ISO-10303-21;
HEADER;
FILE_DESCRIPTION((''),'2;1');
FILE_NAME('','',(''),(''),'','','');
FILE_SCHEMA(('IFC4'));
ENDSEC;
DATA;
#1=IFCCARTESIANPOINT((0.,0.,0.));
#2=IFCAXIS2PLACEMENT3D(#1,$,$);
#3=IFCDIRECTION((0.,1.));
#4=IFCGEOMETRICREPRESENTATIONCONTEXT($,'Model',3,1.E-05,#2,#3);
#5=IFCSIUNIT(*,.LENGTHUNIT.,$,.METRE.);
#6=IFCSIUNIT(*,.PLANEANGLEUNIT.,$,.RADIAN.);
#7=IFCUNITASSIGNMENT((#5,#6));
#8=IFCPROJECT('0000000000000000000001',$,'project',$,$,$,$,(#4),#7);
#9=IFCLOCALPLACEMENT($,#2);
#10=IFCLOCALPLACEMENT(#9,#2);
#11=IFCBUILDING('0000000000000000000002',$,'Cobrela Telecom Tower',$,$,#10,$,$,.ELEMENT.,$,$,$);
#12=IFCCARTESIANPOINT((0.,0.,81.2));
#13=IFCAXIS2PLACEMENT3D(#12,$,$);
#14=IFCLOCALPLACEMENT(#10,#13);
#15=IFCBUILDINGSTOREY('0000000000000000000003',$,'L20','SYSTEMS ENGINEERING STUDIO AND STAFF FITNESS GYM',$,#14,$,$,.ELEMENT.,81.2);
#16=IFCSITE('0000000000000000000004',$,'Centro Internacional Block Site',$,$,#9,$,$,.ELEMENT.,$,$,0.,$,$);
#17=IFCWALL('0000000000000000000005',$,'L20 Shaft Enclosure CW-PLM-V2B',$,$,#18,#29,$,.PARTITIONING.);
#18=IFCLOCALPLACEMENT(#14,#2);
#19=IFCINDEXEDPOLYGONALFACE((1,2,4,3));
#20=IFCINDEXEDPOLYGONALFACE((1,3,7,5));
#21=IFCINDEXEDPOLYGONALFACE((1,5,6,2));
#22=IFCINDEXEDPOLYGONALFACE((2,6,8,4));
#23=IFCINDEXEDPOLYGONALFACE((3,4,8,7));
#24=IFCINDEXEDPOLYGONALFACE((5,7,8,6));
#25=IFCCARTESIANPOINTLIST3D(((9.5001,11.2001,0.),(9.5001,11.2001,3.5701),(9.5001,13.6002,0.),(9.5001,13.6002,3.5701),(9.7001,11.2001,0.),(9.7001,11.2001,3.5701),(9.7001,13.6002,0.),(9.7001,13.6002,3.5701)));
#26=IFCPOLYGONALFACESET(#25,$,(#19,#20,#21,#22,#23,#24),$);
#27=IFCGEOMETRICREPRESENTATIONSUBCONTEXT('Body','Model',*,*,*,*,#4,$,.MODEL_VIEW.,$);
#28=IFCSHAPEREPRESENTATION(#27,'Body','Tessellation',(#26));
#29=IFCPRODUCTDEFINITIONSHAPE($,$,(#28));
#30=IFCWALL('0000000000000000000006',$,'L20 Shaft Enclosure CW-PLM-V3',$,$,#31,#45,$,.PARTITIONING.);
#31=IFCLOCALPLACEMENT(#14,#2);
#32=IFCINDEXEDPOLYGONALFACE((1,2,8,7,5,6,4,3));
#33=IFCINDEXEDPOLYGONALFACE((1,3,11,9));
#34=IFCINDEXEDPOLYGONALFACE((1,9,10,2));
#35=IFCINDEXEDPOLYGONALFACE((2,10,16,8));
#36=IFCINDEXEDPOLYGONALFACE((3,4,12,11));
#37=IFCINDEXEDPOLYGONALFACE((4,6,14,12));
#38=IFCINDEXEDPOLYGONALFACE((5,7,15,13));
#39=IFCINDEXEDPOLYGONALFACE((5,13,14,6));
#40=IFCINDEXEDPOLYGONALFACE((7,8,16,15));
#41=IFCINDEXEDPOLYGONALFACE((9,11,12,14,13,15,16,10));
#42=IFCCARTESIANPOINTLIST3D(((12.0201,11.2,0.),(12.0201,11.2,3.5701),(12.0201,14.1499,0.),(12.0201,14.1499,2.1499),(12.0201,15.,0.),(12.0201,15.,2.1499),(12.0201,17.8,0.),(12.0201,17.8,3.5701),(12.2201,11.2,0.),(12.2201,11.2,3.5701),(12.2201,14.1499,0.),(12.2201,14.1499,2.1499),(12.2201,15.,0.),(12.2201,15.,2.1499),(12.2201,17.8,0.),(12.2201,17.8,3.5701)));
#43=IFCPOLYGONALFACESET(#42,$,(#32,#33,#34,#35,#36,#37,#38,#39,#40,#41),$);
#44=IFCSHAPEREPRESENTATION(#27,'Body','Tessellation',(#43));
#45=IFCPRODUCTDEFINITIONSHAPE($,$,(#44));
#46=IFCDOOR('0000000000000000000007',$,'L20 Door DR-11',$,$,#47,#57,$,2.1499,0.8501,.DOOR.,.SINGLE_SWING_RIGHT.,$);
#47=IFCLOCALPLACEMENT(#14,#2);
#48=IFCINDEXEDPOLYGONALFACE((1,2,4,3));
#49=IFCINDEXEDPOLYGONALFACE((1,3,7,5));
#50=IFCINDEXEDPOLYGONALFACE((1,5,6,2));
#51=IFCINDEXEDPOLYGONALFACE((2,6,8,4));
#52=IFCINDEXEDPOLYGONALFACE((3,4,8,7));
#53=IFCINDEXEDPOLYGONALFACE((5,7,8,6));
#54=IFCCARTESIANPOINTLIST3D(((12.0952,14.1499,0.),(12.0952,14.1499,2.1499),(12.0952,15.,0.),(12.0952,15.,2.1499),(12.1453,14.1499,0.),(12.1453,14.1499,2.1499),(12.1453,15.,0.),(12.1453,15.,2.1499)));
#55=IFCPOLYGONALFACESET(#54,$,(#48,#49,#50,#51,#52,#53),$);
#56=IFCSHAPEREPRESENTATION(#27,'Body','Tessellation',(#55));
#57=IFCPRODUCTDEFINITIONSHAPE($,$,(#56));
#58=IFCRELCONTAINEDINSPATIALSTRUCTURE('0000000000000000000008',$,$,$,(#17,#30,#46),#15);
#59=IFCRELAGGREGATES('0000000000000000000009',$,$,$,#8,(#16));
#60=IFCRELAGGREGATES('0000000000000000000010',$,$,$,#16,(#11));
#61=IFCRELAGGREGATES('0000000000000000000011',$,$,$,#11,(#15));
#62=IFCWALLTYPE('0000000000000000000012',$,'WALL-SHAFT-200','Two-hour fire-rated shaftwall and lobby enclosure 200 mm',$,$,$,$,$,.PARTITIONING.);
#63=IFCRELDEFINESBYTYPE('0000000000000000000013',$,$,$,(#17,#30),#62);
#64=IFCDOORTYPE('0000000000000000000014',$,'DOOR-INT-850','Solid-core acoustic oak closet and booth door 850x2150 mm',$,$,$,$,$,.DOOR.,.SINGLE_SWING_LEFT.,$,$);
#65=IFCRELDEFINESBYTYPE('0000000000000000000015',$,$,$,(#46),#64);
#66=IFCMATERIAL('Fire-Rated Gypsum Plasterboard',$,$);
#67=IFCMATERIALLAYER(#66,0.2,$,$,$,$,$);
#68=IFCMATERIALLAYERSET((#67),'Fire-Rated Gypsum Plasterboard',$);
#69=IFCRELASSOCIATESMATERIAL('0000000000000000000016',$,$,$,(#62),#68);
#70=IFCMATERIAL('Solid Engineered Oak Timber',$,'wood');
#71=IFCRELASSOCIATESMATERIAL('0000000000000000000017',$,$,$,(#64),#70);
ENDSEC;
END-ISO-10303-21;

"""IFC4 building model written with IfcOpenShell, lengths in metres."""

from ifc_helpers import new_model, si_unit, direction, frame, frame_2d, origin, place, context, subcontext, project, spatial, rectangle, extrude, material, layer, layer_set, type_object, element, fill, save


model = new_model("IFC4")

# Units and contexts
model_context = context("Model", 3, precision=1e-05, world=origin(), true_north=direction((0.0, 1.0)))
body_context = subcontext(model_context, "Body", "Model", "MODEL_VIEW")
ifc_project = project(units=[si_unit("LENGTHUNIT", "METRE"), si_unit("PLANEANGLEUNIT", "RADIAN")], contexts=[model_context])

# Site, building, storey
site_placement = place(None, origin())
site = spatial("IfcSite", under=ifc_project, at=site_placement, Name="Centro Internacional Block Site", CompositionType="ELEMENT", RefElevation=0.0)
building_placement = place(site_placement, origin())
building = spatial("IfcBuilding", under=site, at=building_placement, Name="Cobrela Telecom Tower", CompositionType="ELEMENT")
storey_placement = place(building_placement, frame((0.0, 0.0, 81.2)))
storey = spatial("IfcBuildingStorey", under=building, at=storey_placement, Name="L20", Description="SYSTEMS ENGINEERING STUDIO AND STAFF FITNESS GYM", CompositionType="ELEMENT", Elevation=81.2)

# Shared definitions
ifc_material_1 = material(Name="Fire-Rated Gypsum Plasterboard")
ifc_material_2 = material(Name="Solid Engineered Oak Timber", Category="wood")

# Wall
ifc_layer_1 = layer(ifc_material_1, 0.2)
ifc_layer_set_1 = layer_set([ifc_layer_1], Name="Fire-Rated Gypsum Plasterboard")
wall_type_1 = type_object("IfcWallType", Name="WALL-SHAFT-200", Description="Two-hour fire-rated shaftwall and lobby enclosure 200 mm", PredefinedType="PARTITIONING", material=ifc_layer_set_1)
for number, where, z_axis, x_axis, name in (
    (1, (9.6001, 11.2, 0.0), (0.0, 0.0, 1.0), (0.0, 1.0, 0.0), "L20 Shaft Enclosure CW-PLM-V2B"),
):
    element("IfcWall", number, at=place(storey_placement, frame(where, z_axis=z_axis, x_axis=x_axis)), inside=storey, type_object=wall_type_1, Name=name, PredefinedType="PARTITIONING", context=body_context, shape_type="SweptSolid", body=[
        extrude(rectangle(XDim=2.4001, YDim=0.2, at=frame_2d((1.2002, 0.0))), origin(), (0.0, 0.0, 1.0), 3.5701),
    ])

# Wall, opening, door
wall_1_placement = place(storey_placement, frame((12.1201, 11.2, 0.0), z_axis=(0.0, 0.0, 1.0), x_axis=(0.0, 1.0, 0.0)))
wall_1 = element("IfcWall", 2, at=wall_1_placement, inside=storey, type_object=wall_type_1, Name="L20 Shaft Enclosure CW-PLM-V3", PredefinedType="PARTITIONING", context=body_context, shape_type="SweptSolid", body=[
    extrude(rectangle(XDim=6.6001, YDim=0.2, at=frame_2d((3.3, 0.0))), origin(), (0.0, 0.0, 1.0), 3.5701),
])
opening_1_placement = place(wall_1_placement, frame((2.95, 0.0, 0.0)))
opening_1 = element("IfcOpeningElement", 3, at=opening_1_placement, cuts=wall_1, PredefinedType="OPENING", context=body_context, shape_type="SweptSolid", body=[
    extrude(rectangle(XDim=0.8501, YDim=2.1499, at=frame_2d((0.425, 1.075))), frame((0.0, 0.1118, 0.0), z_axis=(0.0, -1.0, 0.0), x_axis=(1.0, 0.0, 0.0)), (0.0, 0.0, 1.0), 0.2239),
])
door_type_1 = type_object("IfcDoorType", Name="DOOR-INT-850", Description="Solid-core acoustic oak closet and booth door 850x2150 mm", OperationType="SINGLE_SWING_LEFT", PredefinedType="DOOR", material=ifc_material_2)
door_1_placement = place(opening_1_placement, origin())
door_1 = element("IfcDoor", 4, at=door_1_placement, inside=storey, type_object=door_type_1, Name="L20 Door DR-11", OperationType="SINGLE_SWING_RIGHT", OverallHeight=2.1499, OverallWidth=0.8501, PredefinedType="DOOR", context=body_context, shape_type="SweptSolid", body=[
    extrude(rectangle(XDim=0.8501, YDim=2.1499, at=frame_2d((0.425, 1.075))), frame((0.0, 0.0249, 0.0), z_axis=(0.0, -1.0, 0.0), x_axis=(1.0, 0.0, 0.0)), (0.0, 0.0, 1.0), 0.05),
])
fill(opening_1, door_1)

save(model, "model.ifc")
